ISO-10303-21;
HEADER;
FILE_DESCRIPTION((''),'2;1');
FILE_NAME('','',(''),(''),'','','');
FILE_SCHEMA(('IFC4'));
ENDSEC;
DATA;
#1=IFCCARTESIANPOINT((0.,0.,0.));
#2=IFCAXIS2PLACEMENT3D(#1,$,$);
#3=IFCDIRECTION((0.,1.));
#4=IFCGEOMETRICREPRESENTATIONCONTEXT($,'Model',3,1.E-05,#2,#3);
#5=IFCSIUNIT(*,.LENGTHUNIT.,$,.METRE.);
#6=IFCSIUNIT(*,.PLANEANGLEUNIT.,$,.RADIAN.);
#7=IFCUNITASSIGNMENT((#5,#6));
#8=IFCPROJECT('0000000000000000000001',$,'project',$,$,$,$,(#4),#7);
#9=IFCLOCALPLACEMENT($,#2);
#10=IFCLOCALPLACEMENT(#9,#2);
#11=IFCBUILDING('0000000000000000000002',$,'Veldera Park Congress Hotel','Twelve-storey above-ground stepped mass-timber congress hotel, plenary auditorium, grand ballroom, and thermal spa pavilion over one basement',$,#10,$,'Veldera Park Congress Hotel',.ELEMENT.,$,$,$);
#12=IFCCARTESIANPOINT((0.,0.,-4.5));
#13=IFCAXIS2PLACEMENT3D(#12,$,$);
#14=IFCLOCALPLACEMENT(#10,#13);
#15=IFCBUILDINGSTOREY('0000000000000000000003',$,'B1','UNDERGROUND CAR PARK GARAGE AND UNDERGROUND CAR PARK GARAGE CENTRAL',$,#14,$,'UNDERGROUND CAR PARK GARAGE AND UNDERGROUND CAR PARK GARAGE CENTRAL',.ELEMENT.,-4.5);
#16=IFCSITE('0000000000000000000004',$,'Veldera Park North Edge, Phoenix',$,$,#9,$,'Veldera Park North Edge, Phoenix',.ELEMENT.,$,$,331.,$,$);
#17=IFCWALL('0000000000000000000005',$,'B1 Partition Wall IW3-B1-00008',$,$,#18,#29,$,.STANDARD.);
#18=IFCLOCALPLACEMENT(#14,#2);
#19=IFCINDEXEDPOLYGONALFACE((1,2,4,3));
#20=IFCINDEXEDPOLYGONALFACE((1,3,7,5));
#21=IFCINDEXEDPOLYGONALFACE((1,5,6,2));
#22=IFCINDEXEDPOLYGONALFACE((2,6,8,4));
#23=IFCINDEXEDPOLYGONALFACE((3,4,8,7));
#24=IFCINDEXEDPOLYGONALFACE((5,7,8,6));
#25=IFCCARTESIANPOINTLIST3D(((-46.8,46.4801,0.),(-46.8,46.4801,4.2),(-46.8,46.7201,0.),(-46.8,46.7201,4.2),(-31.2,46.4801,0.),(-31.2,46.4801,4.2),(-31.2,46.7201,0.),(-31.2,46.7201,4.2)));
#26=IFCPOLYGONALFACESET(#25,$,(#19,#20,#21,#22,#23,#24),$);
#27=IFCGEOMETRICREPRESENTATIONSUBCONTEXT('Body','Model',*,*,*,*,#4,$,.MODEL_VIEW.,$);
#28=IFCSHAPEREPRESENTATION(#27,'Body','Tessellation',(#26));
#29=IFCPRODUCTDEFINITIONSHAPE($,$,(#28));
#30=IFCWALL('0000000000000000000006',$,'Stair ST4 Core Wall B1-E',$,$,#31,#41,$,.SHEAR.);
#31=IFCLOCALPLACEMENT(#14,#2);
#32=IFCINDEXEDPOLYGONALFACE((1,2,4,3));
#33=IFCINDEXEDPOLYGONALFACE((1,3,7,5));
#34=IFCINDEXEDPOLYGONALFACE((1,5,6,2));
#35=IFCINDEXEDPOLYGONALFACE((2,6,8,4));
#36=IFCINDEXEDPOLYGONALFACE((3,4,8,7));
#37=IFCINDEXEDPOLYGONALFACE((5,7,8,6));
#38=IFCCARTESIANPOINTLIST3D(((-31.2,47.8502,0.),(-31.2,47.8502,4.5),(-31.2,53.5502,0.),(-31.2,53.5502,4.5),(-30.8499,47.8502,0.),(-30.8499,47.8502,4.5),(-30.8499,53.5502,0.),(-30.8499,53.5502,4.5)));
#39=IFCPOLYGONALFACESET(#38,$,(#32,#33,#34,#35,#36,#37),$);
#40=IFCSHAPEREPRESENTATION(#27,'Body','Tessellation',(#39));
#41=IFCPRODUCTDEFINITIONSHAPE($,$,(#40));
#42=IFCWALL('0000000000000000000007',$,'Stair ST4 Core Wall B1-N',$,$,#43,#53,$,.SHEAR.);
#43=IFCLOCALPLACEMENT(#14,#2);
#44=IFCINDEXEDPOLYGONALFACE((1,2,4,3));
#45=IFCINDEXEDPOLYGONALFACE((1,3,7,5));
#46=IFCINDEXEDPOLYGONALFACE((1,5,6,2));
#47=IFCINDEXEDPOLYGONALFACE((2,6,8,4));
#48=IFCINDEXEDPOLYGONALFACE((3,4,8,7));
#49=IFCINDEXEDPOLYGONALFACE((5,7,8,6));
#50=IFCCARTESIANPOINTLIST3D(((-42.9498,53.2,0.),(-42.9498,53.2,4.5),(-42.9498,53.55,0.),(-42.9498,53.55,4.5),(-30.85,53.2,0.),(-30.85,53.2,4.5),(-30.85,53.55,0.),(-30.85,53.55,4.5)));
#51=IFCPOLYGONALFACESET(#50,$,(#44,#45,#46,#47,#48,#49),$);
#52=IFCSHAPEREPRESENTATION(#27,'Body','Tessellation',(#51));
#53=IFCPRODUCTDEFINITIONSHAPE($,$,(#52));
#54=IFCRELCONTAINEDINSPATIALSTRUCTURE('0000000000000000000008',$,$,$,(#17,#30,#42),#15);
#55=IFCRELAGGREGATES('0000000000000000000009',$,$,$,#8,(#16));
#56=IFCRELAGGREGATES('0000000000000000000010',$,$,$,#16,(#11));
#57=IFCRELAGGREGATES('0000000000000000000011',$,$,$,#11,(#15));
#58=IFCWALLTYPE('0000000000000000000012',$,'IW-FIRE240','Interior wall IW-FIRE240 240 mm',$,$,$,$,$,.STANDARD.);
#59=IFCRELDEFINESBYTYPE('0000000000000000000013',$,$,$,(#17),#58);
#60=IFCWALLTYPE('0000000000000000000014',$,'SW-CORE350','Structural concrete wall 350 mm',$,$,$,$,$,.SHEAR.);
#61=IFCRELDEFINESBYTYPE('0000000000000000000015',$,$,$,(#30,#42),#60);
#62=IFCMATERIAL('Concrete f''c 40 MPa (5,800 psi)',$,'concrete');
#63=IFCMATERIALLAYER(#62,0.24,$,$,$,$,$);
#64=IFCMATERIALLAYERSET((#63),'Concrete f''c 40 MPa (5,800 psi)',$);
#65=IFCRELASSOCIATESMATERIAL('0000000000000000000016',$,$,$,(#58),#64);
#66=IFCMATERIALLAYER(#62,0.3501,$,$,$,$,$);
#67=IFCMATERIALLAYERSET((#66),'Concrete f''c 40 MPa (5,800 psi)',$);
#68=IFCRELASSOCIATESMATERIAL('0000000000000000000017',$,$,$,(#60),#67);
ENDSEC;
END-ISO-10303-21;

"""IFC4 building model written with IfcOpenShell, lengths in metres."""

from ifc_helpers import new_model, si_unit, direction, frame, frame_2d, origin, place, context, subcontext, project, spatial, rectangle, extrude, material, layer, layer_set, type_object, element, save


model = new_model("IFC4")

# Units and contexts
model_context = context("Model", 3, precision=1e-05, world=origin(), true_north=direction((0.0, 1.0)))
body_context = subcontext(model_context, "Body", "Model", "MODEL_VIEW")
ifc_project = project(units=[si_unit("LENGTHUNIT", "METRE"), si_unit("PLANEANGLEUNIT", "RADIAN")], contexts=[model_context])

# Site, building, storey
site_placement = place(None, origin())
site = spatial("IfcSite", under=ifc_project, at=site_placement, Name="Veldera Park North Edge, Phoenix", LongName="Veldera Park North Edge, Phoenix", CompositionType="ELEMENT", RefElevation=331.0)
building_placement = place(site_placement, origin())
building = spatial("IfcBuilding", under=site, at=building_placement, Name="Veldera Park Congress Hotel", Description="Twelve-storey above-ground stepped mass-timber congress hotel, plenary auditorium, grand ballroom, and thermal spa pavilion over one basement", LongName="Veldera Park Congress Hotel", CompositionType="ELEMENT")
storey_placement = place(building_placement, frame((0.0, 0.0, -4.5)))
storey = spatial("IfcBuildingStorey", under=building, at=storey_placement, Name="B1", Description="UNDERGROUND CAR PARK GARAGE AND UNDERGROUND CAR PARK GARAGE CENTRAL", LongName="UNDERGROUND CAR PARK GARAGE AND UNDERGROUND CAR PARK GARAGE CENTRAL", CompositionType="ELEMENT", Elevation=-4.5)

# Shared definitions
ifc_material_1 = material(Name="Concrete f'c 40 MPa (5,800 psi)", Category="concrete")

# Walls
ifc_layer_1 = layer(ifc_material_1, 0.24)
ifc_layer_set_1 = layer_set([ifc_layer_1], Name="Concrete f'c 40 MPa (5,800 psi)")
wall_type_1 = type_object("IfcWallType", Name="IW-FIRE240", Description="Interior wall IW-FIRE240 240 mm", PredefinedType="STANDARD", material=ifc_layer_set_1)
wall_1_placement = place(storey_placement, frame((-31.2, 46.6001, 0.0), z_axis=(0.0, 0.0, 1.0), x_axis=(-1.0, 0.0, 0.0)))
element("IfcWall", 1, at=wall_1_placement, inside=storey, type_object=wall_type_1, Name="B1 Partition Wall IW3-B1-00008", PredefinedType="STANDARD", context=body_context, shape_type="SweptSolid", body=[
    extrude(rectangle(XDim=15.6001, YDim=0.24, at=frame_2d((7.8, 0.0))), origin(), (0.0, 0.0, 1.0), 4.2),
])
ifc_layer_2 = layer(ifc_material_1, 0.3501)
ifc_layer_set_2 = layer_set([ifc_layer_2], Name="Concrete f'c 40 MPa (5,800 psi)")
wall_type_2 = type_object("IfcWallType", Name="SW-CORE350", Description="Structural concrete wall 350 mm", PredefinedType="SHEAR", material=ifc_layer_set_2)
wall_2_placement = place(storey_placement, frame((-31.0249, 47.8501, 0.0), z_axis=(0.0, 0.0, 1.0), x_axis=(0.0, 1.0, 0.0)))
element("IfcWall", 2, at=wall_2_placement, inside=storey, type_object=wall_type_2, Name="Stair ST4 Core Wall B1-E", PredefinedType="SHEAR", context=body_context, shape_type="SweptSolid", body=[
    extrude(rectangle(XDim=5.7, YDim=0.3501, at=frame_2d((2.8501, 0.0))), origin(), (0.0, 0.0, 1.0), 4.5),
])
wall_3_placement = place(storey_placement, frame((-30.8501, 53.375, 0.0), z_axis=(0.0, 0.0, 1.0), x_axis=(-1.0, 0.0, 0.0)))
element("IfcWall", 3, at=wall_3_placement, inside=storey, type_object=wall_type_2, Name="Stair ST4 Core Wall B1-N", PredefinedType="SHEAR", context=body_context, shape_type="SweptSolid", body=[
    extrude(rectangle(XDim=12.0999, YDim=0.3501, at=frame_2d((6.0498, 0.0))), origin(), (0.0, 0.0, 1.0), 4.5),
])

save(model, "model.ifc")
